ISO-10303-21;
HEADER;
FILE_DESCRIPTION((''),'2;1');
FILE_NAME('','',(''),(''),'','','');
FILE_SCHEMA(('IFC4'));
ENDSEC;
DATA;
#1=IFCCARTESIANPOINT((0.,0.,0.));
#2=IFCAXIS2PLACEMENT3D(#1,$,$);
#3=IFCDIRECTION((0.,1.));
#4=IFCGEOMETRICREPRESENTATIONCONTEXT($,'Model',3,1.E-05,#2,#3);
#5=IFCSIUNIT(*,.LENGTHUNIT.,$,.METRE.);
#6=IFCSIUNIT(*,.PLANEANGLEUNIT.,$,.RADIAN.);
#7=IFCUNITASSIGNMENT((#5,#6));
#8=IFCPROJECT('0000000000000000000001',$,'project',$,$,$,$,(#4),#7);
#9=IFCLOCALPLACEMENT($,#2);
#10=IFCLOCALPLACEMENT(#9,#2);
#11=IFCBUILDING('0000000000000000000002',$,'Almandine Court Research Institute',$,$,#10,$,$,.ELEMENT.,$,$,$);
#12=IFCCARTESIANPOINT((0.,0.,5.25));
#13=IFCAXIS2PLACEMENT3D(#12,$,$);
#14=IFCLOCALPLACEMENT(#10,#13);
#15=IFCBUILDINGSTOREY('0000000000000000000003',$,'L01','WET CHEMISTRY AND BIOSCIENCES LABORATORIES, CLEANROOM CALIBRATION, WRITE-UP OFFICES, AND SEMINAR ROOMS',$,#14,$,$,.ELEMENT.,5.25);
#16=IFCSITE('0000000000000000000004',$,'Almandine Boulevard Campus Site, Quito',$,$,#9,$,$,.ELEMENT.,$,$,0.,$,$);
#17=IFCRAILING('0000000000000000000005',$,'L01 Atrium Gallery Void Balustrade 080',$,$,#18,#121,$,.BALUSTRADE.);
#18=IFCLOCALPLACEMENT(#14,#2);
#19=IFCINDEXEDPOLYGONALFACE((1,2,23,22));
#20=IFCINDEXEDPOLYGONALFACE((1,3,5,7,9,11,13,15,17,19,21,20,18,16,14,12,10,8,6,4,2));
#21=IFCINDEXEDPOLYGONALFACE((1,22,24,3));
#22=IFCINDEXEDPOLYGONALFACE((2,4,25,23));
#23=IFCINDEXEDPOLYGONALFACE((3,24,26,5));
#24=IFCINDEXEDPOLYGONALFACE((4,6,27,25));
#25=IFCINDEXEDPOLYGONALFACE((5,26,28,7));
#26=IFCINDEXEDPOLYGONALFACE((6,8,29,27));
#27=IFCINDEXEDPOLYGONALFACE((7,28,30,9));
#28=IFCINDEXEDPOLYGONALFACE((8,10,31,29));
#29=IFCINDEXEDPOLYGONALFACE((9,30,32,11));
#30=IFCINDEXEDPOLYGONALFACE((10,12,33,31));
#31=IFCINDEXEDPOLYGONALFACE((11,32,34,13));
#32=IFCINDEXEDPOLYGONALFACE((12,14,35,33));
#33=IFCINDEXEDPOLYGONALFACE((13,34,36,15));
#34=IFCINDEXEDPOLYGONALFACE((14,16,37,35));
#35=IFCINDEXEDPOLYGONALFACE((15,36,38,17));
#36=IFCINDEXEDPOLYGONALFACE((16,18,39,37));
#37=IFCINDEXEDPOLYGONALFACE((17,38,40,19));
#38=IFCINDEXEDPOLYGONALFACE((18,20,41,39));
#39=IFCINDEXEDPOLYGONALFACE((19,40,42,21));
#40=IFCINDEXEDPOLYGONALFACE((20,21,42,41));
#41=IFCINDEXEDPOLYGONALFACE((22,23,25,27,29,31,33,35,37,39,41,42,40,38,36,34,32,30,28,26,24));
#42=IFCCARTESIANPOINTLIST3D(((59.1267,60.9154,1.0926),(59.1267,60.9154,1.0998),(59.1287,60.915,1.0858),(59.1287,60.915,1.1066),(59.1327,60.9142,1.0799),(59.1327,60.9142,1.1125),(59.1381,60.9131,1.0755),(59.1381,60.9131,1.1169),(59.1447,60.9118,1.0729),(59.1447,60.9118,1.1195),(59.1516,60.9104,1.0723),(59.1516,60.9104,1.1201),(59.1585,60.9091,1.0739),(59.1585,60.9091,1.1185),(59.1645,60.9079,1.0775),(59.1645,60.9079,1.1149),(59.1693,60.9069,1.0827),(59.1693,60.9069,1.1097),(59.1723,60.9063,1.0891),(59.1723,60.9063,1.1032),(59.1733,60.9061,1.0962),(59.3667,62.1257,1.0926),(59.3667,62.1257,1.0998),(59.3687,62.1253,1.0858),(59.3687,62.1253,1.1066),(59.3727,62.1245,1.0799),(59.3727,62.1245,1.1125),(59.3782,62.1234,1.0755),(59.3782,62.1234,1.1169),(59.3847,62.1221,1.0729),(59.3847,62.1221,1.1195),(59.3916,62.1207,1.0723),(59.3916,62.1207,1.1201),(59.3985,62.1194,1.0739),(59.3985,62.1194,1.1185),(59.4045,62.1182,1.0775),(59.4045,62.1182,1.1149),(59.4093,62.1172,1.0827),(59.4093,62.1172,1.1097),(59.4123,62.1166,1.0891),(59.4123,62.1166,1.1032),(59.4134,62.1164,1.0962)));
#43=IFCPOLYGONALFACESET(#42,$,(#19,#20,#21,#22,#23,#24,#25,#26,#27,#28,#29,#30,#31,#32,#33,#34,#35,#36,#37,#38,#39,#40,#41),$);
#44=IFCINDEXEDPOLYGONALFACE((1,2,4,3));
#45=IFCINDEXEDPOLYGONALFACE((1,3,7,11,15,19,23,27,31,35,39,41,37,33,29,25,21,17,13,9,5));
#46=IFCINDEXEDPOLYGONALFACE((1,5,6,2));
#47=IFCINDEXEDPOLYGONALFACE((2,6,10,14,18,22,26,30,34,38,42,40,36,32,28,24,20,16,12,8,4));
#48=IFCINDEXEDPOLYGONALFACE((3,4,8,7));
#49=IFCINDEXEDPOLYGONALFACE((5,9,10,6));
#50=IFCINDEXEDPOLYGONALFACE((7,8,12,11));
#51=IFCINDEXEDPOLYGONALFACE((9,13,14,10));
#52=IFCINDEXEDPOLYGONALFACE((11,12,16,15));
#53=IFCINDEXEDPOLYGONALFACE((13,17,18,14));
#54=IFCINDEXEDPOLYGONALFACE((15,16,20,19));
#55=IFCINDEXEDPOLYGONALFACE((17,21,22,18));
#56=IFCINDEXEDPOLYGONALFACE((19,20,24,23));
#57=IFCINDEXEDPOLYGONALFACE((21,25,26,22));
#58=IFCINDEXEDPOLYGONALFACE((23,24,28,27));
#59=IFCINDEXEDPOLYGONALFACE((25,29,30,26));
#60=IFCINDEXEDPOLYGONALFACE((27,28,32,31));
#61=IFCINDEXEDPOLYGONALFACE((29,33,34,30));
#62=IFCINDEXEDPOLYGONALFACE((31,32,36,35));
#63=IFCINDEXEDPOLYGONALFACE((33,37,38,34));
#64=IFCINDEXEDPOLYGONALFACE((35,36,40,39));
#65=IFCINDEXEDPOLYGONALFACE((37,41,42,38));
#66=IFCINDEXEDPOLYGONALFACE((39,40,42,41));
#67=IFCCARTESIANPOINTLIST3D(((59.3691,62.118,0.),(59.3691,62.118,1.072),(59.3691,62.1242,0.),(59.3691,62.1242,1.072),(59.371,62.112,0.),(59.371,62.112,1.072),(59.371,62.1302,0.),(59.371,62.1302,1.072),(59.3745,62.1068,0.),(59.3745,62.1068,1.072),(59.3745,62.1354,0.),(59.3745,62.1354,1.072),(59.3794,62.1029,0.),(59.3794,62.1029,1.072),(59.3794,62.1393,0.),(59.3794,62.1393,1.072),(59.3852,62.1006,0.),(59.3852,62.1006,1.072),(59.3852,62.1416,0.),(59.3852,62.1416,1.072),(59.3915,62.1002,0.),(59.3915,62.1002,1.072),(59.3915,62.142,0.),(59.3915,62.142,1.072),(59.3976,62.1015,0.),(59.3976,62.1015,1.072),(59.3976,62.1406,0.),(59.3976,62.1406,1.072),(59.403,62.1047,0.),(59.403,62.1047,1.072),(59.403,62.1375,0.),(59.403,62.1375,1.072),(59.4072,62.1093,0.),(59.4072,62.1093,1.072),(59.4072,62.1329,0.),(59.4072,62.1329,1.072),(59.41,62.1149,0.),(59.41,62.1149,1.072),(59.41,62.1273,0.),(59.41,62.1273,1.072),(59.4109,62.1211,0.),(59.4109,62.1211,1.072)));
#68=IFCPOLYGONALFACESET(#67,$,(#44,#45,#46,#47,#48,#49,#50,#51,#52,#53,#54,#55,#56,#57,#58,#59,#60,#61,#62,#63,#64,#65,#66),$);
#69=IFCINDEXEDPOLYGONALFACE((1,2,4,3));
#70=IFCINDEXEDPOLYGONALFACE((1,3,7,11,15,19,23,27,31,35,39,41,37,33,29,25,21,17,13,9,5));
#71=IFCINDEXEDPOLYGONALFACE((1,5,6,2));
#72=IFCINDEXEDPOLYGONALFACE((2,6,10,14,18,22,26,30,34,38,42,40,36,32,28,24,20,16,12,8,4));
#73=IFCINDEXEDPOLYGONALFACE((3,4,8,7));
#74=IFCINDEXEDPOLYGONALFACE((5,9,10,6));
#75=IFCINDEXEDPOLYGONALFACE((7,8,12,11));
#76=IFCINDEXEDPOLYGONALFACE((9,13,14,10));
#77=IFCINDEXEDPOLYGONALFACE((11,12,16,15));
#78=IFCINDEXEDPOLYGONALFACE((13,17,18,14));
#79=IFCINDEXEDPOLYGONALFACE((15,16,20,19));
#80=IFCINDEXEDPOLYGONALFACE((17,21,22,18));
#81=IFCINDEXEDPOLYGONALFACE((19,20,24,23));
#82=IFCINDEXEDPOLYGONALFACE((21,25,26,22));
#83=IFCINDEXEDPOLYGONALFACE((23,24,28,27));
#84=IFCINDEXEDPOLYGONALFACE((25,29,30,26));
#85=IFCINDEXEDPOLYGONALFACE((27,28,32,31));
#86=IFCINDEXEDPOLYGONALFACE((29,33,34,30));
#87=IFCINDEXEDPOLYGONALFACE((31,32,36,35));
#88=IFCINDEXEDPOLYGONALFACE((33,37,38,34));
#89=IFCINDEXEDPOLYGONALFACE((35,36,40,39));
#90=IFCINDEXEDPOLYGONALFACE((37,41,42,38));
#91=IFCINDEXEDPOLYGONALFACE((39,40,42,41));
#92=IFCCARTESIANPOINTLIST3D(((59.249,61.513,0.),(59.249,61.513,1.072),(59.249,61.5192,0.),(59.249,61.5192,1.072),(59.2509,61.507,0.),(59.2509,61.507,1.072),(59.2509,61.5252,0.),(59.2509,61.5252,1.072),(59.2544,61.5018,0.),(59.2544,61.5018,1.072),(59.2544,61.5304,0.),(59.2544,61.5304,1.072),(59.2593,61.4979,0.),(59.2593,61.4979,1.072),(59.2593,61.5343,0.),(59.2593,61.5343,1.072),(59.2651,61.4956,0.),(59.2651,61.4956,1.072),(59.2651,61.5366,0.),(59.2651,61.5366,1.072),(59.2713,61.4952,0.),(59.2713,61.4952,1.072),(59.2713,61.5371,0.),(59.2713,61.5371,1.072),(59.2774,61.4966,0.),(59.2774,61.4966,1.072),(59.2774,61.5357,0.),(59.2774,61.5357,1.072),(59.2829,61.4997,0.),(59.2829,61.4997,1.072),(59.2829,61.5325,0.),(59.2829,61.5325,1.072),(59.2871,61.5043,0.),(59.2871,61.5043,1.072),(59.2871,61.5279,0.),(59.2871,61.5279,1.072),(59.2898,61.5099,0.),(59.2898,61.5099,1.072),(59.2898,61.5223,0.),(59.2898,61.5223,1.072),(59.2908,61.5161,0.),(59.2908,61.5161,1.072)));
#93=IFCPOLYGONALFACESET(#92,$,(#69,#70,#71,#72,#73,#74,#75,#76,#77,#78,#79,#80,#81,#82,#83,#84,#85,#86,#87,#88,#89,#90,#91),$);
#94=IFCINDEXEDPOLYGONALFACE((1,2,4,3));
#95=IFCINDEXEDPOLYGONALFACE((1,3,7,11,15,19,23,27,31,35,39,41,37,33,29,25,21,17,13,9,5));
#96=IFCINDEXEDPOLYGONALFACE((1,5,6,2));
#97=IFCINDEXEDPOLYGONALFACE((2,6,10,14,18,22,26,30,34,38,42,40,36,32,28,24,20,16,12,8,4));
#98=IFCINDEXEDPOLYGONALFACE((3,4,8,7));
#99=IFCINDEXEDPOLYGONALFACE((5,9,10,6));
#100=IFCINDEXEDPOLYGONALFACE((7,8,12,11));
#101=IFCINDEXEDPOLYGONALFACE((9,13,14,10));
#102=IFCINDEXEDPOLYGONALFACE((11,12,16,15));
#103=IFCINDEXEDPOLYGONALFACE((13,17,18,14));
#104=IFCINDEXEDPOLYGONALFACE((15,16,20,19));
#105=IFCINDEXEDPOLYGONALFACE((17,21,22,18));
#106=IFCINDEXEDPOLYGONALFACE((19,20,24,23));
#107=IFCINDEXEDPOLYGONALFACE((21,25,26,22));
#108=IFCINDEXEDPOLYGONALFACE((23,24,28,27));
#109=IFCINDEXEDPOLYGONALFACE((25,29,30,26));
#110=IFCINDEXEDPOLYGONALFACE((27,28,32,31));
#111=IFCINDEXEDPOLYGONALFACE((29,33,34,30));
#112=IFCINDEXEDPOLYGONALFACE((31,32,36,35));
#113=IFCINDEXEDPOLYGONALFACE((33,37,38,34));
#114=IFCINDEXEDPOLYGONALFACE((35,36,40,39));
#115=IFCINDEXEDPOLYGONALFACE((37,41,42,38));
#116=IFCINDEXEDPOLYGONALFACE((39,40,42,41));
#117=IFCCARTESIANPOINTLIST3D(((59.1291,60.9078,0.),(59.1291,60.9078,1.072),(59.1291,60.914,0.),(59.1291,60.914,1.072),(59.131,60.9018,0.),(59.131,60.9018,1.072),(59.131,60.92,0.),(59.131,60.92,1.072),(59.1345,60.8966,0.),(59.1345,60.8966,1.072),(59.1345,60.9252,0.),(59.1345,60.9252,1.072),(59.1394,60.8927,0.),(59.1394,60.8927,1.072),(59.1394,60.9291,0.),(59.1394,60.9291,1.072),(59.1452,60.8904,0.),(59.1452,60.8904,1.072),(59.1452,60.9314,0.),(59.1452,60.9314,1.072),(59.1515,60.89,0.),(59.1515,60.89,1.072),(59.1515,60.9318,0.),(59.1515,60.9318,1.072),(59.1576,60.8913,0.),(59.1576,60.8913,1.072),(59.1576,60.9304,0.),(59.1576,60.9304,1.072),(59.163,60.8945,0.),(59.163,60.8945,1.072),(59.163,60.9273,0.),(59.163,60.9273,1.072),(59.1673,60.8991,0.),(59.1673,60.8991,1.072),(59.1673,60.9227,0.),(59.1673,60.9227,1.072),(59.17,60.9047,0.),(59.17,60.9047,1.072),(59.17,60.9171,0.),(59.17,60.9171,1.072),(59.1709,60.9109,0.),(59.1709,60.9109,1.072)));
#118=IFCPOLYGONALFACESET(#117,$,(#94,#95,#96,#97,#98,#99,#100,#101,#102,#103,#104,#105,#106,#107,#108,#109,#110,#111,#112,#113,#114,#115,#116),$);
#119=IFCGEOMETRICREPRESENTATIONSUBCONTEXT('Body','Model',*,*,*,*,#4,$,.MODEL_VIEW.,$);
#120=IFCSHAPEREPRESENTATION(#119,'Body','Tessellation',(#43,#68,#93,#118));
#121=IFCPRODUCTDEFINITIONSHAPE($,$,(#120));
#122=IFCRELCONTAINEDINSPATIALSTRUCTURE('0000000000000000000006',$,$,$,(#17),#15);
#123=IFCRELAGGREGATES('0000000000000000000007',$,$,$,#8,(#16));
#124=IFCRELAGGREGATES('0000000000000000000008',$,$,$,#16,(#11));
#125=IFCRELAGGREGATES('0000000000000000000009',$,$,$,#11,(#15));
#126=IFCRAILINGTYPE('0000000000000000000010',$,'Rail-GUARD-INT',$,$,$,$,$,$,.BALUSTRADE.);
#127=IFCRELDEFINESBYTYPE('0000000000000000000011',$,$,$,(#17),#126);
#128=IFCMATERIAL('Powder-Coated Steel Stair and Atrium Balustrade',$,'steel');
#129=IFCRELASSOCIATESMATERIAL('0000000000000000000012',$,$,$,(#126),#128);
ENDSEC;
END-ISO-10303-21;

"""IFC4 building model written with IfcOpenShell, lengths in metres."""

from ifc_helpers import new_model, si_unit, direction, frame, origin, origin_2d, place, context, subcontext, project, spatial, circle, extrude, material, type_object, element, save


model = new_model("IFC4")

# Units and contexts
model_context = context("Model", 3, precision=1e-05, world=origin(), true_north=direction((0.0, 1.0)))
body_context = subcontext(model_context, "Body", "Model", "MODEL_VIEW")
ifc_project = project(units=[si_unit("LENGTHUNIT", "METRE"), si_unit("PLANEANGLEUNIT", "RADIAN")], contexts=[model_context])

# Site, building, storey
site_placement = place(None, origin())
site = spatial("IfcSite", under=ifc_project, at=site_placement, Name="Almandine Boulevard Campus Site, Quito", CompositionType="ELEMENT", RefElevation=0.0)
building_placement = place(site_placement, origin())
building = spatial("IfcBuilding", under=site, at=building_placement, Name="Almandine Court Research Institute", CompositionType="ELEMENT")
storey_placement = place(building_placement, frame((0.0, 0.0, 5.25)))
storey = spatial("IfcBuildingStorey", under=building, at=storey_placement, Name="L01", Description="WET CHEMISTRY AND BIOSCIENCES LABORATORIES, CLEANROOM CALIBRATION, WRITE-UP OFFICES, AND SEMINAR ROOMS", CompositionType="ELEMENT", Elevation=5.25)

# Railing
ifc_material_1 = material(Name="Powder-Coated Steel Stair and Atrium Balustrade", Category="steel")
railing_type = type_object("IfcRailingType", Name="Rail-GUARD-INT", PredefinedType="BALUSTRADE", material=ifc_material_1)
railing_1_placement = place(storey_placement, frame((59.3899, 62.1211, 0.0)))
element("IfcRailing", 1, at=railing_1_placement, inside=storey, type_object=railing_type, Name="L01 Atrium Gallery Void Balustrade 080", PredefinedType="BALUSTRADE", context=body_context, shape_type="SweptSolid", body=[
    extrude(circle(Radius=0.0239, at=origin_2d()), frame((0.0, 0.0, 1.0962), z_axis=(-0.194518, -0.980899, 0.0), x_axis=(0.980899, -0.194518, 0.0)), (0.0, 0.0, 1.0), 1.2339),
    extrude(circle(Radius=0.021, at=origin_2d()), origin(), (0.0, 0.0, 1.0), 1.072),
    extrude(circle(Radius=0.021, at=origin_2d()), frame((-0.1201, -0.605, 0.0)), (0.0, 0.0, 1.0), 1.072),
    extrude(circle(Radius=0.021, at=origin_2d()), frame((-0.24, -1.2102, 0.0)), (0.0, 0.0, 1.0), 1.072),
])

save(model, "model.ifc")
